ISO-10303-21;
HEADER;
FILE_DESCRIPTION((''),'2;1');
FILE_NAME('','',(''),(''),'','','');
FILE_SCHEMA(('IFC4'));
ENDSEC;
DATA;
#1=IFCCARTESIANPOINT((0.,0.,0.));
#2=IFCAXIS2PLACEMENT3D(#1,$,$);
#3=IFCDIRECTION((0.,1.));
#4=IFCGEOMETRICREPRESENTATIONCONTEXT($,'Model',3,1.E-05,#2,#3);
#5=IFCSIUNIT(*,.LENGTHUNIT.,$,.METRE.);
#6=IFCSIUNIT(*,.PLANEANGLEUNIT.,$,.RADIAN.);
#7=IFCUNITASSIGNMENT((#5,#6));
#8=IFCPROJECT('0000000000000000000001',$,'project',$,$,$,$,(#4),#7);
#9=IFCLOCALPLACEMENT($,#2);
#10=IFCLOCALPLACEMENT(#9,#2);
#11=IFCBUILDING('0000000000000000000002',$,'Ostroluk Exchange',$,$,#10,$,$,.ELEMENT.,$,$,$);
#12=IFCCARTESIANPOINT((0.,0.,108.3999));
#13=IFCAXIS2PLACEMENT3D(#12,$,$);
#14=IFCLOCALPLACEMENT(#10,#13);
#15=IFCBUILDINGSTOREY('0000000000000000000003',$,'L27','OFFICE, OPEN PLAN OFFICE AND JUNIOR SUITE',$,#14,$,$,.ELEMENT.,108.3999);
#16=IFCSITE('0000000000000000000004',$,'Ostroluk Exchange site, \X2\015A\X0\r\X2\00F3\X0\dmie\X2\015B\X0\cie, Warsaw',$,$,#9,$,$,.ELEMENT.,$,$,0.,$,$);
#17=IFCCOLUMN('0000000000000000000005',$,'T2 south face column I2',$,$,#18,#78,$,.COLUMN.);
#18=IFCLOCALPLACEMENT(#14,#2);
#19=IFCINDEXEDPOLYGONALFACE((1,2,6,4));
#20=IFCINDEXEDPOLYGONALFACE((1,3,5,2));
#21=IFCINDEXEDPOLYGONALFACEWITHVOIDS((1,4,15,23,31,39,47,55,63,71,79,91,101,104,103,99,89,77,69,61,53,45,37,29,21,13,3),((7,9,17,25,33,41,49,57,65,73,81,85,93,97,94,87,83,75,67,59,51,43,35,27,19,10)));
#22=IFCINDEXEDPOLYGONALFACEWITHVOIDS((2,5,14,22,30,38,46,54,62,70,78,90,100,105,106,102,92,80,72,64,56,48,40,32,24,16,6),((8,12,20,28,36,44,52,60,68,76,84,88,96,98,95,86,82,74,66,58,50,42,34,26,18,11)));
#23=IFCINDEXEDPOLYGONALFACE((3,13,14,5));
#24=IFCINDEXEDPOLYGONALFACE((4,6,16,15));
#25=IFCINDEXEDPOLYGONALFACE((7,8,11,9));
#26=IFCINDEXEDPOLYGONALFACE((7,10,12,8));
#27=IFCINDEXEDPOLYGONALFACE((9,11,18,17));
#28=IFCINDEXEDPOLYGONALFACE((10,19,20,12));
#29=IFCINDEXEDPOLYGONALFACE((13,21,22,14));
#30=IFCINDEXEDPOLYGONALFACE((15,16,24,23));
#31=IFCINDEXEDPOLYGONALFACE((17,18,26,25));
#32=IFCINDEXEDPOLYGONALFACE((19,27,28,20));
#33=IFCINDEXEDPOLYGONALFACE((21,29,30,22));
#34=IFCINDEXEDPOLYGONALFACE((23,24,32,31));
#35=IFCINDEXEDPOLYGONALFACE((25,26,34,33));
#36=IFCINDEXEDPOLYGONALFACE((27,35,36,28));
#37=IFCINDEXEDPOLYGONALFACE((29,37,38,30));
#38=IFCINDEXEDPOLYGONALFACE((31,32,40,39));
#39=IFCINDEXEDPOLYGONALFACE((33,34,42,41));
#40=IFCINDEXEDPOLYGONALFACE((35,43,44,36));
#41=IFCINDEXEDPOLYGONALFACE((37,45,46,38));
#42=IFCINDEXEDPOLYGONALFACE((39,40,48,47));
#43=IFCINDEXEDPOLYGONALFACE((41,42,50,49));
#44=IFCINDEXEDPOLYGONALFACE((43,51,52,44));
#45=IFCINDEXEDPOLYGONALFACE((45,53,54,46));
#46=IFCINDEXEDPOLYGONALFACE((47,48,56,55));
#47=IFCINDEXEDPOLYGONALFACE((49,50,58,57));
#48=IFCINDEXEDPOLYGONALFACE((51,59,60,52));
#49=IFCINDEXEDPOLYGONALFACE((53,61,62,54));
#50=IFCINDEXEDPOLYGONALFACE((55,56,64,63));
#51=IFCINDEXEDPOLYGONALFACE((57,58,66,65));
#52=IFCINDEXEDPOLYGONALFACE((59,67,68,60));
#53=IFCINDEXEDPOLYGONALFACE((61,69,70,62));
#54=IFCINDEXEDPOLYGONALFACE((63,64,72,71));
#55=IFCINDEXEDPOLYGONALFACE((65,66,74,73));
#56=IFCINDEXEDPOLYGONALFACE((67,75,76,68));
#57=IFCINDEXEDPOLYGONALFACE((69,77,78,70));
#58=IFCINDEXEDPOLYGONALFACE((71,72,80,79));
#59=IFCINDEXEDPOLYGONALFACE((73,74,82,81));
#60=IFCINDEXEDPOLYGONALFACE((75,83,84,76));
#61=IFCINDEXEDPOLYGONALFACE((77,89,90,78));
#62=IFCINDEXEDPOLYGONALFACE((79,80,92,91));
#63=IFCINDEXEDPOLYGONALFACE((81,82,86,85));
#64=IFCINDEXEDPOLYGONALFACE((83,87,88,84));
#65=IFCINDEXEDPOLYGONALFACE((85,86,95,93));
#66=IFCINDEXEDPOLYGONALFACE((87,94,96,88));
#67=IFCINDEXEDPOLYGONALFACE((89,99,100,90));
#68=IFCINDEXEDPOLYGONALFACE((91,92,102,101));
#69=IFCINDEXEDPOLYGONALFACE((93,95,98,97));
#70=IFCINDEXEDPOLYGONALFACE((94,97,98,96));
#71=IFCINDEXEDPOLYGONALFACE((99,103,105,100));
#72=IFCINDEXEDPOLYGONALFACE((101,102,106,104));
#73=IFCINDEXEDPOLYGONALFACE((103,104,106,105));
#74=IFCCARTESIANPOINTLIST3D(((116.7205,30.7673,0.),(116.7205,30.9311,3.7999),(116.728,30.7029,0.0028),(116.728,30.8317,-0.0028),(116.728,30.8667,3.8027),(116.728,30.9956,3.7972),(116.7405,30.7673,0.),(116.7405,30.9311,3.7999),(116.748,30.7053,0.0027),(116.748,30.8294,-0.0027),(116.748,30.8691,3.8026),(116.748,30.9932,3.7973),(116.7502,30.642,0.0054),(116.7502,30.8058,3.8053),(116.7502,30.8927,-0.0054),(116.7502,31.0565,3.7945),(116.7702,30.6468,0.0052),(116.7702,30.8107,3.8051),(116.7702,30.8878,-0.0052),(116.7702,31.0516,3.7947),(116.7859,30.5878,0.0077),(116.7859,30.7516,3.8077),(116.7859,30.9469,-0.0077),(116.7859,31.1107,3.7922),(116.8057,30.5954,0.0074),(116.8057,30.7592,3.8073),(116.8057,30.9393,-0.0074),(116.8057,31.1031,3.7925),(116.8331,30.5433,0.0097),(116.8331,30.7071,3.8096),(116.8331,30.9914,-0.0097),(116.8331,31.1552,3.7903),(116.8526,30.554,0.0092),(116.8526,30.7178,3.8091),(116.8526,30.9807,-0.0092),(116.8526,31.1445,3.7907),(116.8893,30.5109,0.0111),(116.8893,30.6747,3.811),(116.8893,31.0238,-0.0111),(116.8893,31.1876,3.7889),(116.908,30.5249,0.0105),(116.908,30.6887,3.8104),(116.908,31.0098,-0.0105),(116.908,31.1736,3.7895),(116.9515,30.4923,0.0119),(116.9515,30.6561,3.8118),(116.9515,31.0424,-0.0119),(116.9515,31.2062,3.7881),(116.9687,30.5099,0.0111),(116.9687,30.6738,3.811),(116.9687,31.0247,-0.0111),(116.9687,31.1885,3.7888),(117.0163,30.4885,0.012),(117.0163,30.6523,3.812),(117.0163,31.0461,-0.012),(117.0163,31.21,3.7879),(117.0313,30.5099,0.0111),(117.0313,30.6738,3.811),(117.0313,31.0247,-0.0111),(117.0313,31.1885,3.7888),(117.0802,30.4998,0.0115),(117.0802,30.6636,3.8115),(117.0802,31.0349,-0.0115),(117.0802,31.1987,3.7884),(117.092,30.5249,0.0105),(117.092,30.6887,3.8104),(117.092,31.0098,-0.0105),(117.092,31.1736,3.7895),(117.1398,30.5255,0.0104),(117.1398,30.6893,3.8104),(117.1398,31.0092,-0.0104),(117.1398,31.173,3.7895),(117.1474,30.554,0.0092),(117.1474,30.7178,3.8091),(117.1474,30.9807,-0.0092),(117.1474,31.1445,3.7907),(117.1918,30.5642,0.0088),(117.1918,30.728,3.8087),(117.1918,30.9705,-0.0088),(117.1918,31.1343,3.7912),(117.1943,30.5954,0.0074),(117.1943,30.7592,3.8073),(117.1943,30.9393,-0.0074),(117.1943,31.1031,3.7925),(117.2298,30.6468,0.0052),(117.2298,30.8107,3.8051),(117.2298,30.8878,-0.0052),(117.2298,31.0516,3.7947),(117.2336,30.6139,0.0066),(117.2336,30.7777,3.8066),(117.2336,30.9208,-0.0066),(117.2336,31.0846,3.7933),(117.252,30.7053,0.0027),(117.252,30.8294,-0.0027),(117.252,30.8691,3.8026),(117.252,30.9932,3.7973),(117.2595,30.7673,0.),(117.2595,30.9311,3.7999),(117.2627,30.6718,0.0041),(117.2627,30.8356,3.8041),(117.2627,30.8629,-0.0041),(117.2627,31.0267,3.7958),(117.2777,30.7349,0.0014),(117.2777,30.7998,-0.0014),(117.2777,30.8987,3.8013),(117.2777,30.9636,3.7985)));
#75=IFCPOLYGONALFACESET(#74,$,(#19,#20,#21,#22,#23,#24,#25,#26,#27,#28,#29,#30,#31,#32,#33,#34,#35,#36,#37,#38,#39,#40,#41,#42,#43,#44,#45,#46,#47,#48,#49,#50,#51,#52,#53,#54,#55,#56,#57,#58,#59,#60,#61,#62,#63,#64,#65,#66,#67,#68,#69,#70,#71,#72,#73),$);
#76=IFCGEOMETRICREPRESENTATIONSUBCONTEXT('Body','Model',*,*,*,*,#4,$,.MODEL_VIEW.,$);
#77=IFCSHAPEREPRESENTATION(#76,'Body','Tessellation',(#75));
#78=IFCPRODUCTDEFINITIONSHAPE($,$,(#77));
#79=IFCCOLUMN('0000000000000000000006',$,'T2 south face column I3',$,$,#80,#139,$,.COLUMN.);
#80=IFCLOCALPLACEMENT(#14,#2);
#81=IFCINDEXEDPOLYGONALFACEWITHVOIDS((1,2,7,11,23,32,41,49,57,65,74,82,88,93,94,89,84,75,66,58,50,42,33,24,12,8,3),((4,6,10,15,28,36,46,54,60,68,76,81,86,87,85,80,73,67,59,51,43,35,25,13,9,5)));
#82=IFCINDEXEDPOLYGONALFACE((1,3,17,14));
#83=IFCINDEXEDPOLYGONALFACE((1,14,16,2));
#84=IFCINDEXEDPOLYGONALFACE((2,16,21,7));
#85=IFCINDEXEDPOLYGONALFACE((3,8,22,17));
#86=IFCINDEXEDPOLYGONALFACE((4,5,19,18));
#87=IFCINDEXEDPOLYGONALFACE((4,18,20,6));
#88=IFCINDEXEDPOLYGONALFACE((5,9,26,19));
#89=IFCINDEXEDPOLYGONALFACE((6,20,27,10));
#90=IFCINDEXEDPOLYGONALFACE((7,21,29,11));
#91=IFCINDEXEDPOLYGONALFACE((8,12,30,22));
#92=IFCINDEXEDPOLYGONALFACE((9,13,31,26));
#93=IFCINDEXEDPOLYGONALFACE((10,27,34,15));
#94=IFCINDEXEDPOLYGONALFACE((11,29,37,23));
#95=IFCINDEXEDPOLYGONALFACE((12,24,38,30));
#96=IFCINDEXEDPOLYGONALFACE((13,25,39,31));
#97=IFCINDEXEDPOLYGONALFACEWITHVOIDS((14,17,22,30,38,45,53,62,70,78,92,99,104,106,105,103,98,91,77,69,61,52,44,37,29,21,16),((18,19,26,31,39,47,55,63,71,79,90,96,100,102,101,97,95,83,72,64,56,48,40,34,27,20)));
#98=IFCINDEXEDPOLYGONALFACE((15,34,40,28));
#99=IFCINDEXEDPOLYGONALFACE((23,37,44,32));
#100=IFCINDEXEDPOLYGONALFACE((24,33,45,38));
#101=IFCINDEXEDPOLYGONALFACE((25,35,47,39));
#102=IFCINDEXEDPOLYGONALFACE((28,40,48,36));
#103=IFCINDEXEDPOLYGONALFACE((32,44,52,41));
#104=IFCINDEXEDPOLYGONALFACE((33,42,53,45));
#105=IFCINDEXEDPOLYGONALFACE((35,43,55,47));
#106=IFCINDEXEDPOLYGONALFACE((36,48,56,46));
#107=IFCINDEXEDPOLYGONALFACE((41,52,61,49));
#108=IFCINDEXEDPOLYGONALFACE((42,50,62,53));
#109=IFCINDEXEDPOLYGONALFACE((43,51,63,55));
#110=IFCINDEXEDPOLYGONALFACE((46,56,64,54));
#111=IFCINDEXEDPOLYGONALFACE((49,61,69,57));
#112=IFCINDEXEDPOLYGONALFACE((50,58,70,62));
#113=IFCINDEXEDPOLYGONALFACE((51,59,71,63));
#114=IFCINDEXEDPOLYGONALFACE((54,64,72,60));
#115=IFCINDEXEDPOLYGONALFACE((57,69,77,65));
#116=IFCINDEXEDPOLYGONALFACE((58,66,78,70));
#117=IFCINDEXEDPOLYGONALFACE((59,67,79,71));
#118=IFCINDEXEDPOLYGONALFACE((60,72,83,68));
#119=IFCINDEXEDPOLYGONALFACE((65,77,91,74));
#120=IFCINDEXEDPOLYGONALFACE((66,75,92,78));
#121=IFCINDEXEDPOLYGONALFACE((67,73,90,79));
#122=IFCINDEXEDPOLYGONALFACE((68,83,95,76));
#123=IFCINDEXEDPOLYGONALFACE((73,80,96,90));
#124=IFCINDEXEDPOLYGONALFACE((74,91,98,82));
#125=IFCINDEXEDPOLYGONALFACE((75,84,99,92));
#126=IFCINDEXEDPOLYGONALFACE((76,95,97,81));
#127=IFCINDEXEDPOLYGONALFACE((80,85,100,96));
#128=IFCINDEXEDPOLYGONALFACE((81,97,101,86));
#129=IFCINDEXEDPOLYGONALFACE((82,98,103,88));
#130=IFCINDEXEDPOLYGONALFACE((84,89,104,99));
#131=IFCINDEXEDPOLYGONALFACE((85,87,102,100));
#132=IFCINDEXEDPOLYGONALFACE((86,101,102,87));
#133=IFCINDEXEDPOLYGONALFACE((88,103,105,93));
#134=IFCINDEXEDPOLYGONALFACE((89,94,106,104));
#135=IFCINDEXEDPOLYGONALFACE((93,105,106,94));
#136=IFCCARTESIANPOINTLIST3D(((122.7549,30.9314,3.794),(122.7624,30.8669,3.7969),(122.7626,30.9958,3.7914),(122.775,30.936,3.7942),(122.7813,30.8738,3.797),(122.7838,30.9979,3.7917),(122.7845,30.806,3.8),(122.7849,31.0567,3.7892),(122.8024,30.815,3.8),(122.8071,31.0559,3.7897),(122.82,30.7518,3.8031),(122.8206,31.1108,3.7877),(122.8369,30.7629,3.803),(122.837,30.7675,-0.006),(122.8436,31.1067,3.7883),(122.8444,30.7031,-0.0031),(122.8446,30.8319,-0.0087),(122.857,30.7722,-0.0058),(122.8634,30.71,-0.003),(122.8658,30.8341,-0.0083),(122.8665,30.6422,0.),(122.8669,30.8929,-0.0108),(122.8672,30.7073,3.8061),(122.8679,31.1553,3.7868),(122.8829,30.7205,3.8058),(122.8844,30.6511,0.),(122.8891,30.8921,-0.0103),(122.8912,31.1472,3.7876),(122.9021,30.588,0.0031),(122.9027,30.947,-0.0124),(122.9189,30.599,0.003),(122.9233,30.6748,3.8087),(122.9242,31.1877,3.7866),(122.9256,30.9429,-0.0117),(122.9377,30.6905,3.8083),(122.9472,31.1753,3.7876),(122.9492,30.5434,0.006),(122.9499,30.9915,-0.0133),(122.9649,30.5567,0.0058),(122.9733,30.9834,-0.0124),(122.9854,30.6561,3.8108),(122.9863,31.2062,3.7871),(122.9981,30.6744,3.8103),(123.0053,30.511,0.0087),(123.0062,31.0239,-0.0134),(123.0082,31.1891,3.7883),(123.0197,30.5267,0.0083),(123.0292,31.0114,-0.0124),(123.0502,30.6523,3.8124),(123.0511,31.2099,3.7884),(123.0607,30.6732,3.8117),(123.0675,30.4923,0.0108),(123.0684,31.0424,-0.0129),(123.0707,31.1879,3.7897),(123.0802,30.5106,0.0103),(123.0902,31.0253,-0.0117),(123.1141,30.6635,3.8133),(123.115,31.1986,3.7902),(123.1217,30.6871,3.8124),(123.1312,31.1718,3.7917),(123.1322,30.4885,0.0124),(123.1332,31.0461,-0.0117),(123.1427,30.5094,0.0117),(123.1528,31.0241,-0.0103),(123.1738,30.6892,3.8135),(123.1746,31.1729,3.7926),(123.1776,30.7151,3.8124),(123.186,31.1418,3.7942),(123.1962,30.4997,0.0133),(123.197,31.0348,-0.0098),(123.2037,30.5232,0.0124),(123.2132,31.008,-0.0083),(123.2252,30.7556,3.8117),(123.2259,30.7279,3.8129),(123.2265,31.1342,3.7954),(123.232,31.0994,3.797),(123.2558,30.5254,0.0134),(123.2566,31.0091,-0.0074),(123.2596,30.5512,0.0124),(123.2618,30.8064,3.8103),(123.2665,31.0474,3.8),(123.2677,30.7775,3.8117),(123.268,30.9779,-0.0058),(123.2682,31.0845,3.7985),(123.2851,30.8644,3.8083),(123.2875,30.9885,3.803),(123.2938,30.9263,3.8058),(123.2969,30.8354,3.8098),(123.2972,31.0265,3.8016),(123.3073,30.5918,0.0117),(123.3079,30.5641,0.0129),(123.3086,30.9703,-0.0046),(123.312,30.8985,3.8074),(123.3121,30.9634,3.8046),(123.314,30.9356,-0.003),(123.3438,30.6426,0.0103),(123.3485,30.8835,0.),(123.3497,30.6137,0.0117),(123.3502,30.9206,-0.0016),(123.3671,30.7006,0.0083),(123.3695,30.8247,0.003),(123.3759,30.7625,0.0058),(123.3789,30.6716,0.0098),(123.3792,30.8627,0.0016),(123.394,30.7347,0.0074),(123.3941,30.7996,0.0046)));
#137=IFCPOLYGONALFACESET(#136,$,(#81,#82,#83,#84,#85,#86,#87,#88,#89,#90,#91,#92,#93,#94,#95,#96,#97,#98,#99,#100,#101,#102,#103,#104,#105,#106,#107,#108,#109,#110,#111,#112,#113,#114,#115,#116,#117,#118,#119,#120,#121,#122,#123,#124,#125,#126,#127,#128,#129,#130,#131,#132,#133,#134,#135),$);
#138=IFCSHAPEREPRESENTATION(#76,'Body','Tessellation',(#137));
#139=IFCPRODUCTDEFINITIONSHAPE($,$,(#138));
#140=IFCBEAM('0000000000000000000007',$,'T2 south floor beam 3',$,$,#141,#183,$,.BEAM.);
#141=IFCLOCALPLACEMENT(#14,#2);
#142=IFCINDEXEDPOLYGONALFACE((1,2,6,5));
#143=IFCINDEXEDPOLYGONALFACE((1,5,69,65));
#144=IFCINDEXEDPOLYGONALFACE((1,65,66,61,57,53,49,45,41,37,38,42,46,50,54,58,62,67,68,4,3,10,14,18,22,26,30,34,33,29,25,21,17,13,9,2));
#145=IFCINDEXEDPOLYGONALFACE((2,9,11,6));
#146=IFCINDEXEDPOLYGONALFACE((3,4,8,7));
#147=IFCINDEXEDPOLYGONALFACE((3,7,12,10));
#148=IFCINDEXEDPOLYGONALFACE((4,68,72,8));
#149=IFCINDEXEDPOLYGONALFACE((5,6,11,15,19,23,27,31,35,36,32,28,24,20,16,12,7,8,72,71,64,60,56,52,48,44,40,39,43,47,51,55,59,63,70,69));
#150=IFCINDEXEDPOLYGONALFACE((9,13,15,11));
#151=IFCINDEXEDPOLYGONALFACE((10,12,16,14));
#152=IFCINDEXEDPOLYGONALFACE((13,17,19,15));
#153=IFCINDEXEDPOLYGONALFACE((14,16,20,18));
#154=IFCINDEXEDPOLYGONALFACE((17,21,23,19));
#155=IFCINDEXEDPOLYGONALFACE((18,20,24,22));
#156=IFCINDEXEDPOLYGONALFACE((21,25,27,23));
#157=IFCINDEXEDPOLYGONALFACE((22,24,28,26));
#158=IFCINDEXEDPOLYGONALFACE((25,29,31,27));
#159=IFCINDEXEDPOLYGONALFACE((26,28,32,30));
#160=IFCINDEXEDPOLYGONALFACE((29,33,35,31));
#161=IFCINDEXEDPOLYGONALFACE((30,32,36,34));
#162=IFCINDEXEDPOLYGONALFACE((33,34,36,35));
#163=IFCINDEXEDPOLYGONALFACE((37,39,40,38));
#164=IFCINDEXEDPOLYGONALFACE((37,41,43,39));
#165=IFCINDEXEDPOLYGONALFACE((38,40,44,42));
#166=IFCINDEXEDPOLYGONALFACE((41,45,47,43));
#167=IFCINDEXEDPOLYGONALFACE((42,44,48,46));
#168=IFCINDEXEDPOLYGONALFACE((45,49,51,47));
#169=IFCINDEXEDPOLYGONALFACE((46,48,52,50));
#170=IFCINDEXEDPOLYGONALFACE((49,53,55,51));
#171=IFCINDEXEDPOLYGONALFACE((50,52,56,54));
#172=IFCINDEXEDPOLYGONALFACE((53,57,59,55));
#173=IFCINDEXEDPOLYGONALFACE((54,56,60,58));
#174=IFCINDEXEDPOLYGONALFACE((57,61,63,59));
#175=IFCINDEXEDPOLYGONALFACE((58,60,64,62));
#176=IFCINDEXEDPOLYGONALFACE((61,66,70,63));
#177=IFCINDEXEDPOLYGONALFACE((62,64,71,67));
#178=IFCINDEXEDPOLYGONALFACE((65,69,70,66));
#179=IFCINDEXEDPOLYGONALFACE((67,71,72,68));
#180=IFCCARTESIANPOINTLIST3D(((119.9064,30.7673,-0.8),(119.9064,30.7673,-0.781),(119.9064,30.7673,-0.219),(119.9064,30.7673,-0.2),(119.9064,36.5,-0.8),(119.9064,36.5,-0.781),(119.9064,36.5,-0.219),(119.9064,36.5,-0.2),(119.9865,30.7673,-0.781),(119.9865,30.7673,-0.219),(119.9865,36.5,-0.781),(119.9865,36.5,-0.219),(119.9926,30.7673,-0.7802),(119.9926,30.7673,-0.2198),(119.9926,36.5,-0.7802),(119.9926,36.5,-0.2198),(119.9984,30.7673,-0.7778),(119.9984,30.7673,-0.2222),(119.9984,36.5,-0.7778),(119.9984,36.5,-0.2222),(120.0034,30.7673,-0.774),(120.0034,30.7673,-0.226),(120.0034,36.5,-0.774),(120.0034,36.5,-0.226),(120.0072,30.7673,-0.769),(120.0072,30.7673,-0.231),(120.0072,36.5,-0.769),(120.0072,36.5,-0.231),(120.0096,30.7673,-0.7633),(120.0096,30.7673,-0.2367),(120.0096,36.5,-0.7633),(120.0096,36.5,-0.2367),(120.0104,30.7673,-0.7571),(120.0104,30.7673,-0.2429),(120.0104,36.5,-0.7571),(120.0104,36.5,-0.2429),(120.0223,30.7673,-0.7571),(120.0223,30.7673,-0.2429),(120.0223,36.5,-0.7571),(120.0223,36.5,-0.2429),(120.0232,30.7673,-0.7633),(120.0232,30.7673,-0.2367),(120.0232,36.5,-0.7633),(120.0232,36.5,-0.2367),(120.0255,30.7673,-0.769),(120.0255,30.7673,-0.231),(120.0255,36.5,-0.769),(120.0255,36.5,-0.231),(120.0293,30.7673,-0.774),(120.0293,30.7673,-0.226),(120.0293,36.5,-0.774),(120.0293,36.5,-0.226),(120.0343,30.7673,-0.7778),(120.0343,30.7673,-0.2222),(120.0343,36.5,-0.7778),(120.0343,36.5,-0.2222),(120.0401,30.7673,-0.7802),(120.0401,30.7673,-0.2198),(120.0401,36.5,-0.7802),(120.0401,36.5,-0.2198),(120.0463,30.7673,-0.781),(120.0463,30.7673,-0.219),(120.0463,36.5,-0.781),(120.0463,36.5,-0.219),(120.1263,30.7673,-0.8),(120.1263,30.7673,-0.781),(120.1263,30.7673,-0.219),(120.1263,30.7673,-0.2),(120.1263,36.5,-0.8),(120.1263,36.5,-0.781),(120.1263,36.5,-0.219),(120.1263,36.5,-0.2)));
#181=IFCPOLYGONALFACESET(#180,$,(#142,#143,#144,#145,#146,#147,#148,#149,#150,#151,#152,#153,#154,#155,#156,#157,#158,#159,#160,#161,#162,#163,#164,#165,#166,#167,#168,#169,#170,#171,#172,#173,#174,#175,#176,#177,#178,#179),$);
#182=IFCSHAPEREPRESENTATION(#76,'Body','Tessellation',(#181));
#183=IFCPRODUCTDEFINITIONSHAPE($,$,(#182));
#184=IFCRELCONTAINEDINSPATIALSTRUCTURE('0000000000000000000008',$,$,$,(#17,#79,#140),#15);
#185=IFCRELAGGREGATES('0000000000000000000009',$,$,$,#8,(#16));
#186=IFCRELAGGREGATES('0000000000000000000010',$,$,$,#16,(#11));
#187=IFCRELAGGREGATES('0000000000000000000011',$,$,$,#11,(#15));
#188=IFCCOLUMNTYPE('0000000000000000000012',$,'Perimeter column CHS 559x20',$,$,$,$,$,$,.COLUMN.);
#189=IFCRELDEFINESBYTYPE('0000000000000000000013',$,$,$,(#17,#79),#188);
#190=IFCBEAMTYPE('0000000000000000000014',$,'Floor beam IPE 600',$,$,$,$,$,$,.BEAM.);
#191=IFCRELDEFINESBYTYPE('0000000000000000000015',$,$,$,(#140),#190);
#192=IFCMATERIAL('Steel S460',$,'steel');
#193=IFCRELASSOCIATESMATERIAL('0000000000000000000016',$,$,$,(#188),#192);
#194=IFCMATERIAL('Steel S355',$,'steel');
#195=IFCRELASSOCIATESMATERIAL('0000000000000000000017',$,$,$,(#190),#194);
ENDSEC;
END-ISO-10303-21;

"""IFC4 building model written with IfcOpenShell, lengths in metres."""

from ifc_helpers import new_model, si_unit, direction, frame, origin, origin_2d, place, context, subcontext, project, spatial, hollow_circle, i_section, extrude, material, material_profile, profile_set, type_object, element, save


model = new_model("IFC4")

# Units and contexts
model_context = context("Model", 3, precision=1e-05, world=origin(), true_north=direction((0.0, 1.0)))
body_context = subcontext(model_context, "Body", "Model", "MODEL_VIEW")
ifc_project = project(units=[si_unit("LENGTHUNIT", "METRE"), si_unit("PLANEANGLEUNIT", "RADIAN")], contexts=[model_context])

# Site, building, storey
site_placement = place(None, origin())
site = spatial("IfcSite", under=ifc_project, at=site_placement, Name="Ostroluk Exchange site, Śródmieście, Warsaw", CompositionType="ELEMENT", RefElevation=0.0)
building_placement = place(site_placement, origin())
building = spatial("IfcBuilding", under=site, at=building_placement, Name="Ostroluk Exchange", CompositionType="ELEMENT")
storey_placement = place(building_placement, frame((0.0, 0.0, 108.3999)))
storey = spatial("IfcBuildingStorey", under=building, at=storey_placement, Name="L27", Description="OFFICE, OPEN PLAN OFFICE AND JUNIOR SUITE", CompositionType="ELEMENT", Elevation=108.3999)

# Columns
ifc_material_1 = material(Name="Steel S460", Category="steel")
ifc_material_profile_1 = material_profile(ifc_material_1, hollow_circle(Radius=0.2795, WallThickness=0.02, at=origin_2d()), Name="CHS 559x20")
ifc_profile_set_1 = profile_set([ifc_material_profile_1], Name="Steel S460")
column_type = type_object("IfcColumnType", Name="Perimeter column CHS 559x20", PredefinedType="COLUMN", material=ifc_profile_set_1)
column_1_placement = place(storey_placement, frame((117.0, 30.7673, 0.0), z_axis=(0.0, 0.04307, 0.999072), x_axis=(-1.0, 0.0, 0.0)))
element("IfcColumn", 1, at=column_1_placement, inside=storey, type_object=column_type, Name="T2 south face column I2", PredefinedType="COLUMN", context=body_context, shape_type="SweptSolid", body=[
    extrude(hollow_circle(Radius=0.2795, WallThickness=0.02, at=origin_2d()), origin(), (0.0, 0.0, 1.0), 3.8035),
])
column_2_placement = place(storey_placement, frame((123.1165, 30.7673, 0.0), z_axis=(-0.021562, 0.04306, 0.99884), x_axis=(-0.894161, -0.447747, 0.0)))
element("IfcColumn", 2, at=column_2_placement, inside=storey, type_object=column_type, Name="T2 south face column I3", PredefinedType="COLUMN", context=body_context, shape_type="SweptSolid", body=[
    extrude(hollow_circle(Radius=0.2795, WallThickness=0.02, at=origin_2d()), origin(), (0.0, 0.0, 1.0), 3.8044),
])

# Beam
ifc_material_2 = material(Name="Steel S355", Category="steel")
ifc_material_profile_2 = material_profile(ifc_material_2, i_section(OverallWidth=0.22, OverallDepth=0.6001, WebThickness=0.012, FlangeThickness=0.019, FilletRadius=0.0239, at=origin_2d()), Name="IPE 600")
ifc_profile_set_2 = profile_set([ifc_material_profile_2], Name="Steel S355")
beam_type_1 = type_object("IfcBeamType", Name="Floor beam IPE 600", PredefinedType="BEAM", material=ifc_profile_set_2)
for number, where, z_axis, x_axis, name in (
    (3, (120.0164, 36.5, -0.5), (0.0, -1.0, 0.0), (1.0, 0.0, 0.0), "T2 south floor beam 3"),
):
    element("IfcBeam", number, at=place(storey_placement, frame(where, z_axis=z_axis, x_axis=x_axis)), inside=storey, type_object=beam_type_1, Name=name, PredefinedType="BEAM", context=body_context, shape_type="SweptSolid", body=[
        extrude(i_section(OverallWidth=0.22, OverallDepth=0.6001, WebThickness=0.012, FlangeThickness=0.019, FilletRadius=0.0239, at=origin_2d()), origin(), (0.0, 0.0, 1.0), 5.7327),
    ])

save(model, "model.ifc")
